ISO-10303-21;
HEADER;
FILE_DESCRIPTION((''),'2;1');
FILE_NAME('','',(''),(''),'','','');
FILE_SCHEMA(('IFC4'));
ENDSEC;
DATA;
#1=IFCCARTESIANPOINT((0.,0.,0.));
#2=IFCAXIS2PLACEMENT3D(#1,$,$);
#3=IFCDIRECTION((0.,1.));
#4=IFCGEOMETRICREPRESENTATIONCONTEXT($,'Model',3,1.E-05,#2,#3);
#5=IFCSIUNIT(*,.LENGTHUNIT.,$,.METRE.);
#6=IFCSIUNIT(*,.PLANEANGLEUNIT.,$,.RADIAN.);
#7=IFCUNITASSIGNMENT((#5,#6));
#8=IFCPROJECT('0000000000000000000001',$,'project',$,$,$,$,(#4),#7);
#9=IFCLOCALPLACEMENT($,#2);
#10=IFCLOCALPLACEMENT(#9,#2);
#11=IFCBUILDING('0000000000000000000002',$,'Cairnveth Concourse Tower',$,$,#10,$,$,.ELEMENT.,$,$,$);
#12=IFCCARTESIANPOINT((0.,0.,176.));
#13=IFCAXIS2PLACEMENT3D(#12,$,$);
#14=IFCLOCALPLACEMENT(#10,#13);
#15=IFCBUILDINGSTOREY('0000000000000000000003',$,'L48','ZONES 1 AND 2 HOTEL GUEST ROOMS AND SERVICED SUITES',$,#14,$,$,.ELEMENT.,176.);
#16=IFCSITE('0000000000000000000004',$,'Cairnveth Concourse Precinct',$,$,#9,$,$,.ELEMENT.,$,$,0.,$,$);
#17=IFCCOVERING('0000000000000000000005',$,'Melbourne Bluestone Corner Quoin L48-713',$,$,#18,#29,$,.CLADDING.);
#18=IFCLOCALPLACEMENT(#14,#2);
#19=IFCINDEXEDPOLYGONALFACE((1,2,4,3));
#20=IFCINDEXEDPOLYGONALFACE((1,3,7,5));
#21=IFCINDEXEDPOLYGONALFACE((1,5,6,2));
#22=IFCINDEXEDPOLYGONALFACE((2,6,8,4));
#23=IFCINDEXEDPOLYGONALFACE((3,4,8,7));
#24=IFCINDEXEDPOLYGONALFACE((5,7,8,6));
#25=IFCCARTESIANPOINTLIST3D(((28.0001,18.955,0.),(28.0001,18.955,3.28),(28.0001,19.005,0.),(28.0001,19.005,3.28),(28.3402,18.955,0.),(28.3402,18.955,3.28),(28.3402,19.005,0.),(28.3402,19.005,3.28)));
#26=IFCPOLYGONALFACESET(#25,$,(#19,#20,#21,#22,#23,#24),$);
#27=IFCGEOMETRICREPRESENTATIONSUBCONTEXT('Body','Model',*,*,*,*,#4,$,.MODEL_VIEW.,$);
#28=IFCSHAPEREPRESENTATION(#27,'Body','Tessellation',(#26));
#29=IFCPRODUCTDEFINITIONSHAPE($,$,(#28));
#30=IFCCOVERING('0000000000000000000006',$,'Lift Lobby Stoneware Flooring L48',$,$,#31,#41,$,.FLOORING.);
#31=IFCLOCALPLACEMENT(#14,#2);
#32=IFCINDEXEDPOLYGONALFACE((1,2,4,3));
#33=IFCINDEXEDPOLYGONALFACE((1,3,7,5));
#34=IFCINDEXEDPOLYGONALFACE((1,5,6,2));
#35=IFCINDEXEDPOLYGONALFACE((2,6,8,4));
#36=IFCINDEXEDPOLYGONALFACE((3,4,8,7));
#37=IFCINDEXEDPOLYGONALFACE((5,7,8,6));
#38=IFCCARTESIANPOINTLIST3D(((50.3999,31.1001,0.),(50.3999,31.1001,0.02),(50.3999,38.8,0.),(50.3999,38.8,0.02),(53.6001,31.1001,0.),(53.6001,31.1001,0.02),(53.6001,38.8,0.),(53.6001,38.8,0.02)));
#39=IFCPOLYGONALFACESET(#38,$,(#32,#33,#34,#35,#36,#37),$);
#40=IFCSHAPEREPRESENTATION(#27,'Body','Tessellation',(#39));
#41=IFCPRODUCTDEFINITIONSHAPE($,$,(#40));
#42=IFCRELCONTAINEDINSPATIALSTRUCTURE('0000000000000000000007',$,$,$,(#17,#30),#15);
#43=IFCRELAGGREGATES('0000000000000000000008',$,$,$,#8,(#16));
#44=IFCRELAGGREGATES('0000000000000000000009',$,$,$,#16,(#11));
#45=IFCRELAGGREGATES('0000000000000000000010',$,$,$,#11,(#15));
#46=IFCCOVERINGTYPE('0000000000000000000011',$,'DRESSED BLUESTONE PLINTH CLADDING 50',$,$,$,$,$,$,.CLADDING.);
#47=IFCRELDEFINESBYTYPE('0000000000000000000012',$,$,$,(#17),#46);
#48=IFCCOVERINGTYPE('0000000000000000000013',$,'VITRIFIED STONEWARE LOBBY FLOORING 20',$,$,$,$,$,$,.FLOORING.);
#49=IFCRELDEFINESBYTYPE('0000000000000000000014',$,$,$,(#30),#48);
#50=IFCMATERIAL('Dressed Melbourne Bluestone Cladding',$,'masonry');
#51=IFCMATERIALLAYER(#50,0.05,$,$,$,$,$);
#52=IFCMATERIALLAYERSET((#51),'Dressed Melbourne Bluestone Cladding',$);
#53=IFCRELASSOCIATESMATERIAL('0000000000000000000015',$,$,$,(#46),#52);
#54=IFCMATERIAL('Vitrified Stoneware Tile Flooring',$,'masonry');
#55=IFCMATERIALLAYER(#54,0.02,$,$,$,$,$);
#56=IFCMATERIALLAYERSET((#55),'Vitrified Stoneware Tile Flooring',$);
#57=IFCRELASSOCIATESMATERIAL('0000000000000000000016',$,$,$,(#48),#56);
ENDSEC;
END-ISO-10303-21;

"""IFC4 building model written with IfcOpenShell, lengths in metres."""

from ifc_helpers import new_model, si_unit, direction, frame, frame_2d, origin, place, context, subcontext, project, spatial, polyline, rectangle, outline, extrude, material, layer, layer_set, type_object, element, save


model = new_model("IFC4")

# Units and contexts
model_context = context("Model", 3, precision=1e-05, world=origin(), true_north=direction((0.0, 1.0)))
body_context = subcontext(model_context, "Body", "Model", "MODEL_VIEW")
ifc_project = project(units=[si_unit("LENGTHUNIT", "METRE"), si_unit("PLANEANGLEUNIT", "RADIAN")], contexts=[model_context])

# Site, building, storey
site_placement = place(None, origin())
site = spatial("IfcSite", under=ifc_project, at=site_placement, Name="Cairnveth Concourse Precinct", CompositionType="ELEMENT", RefElevation=0.0)
building_placement = place(site_placement, origin())
building = spatial("IfcBuilding", under=site, at=building_placement, Name="Cairnveth Concourse Tower", CompositionType="ELEMENT")
storey_placement = place(building_placement, frame((0.0, 0.0, 176.0)))
storey = spatial("IfcBuildingStorey", under=building, at=storey_placement, Name="L48", Description="ZONES 1 AND 2 HOTEL GUEST ROOMS AND SERVICED SUITES", CompositionType="ELEMENT", Elevation=176.0)

# Coverings
ifc_material_1 = material(Name="Dressed Melbourne Bluestone Cladding", Category="masonry")
ifc_layer_1 = layer(ifc_material_1, 0.05)
ifc_layer_set_1 = layer_set([ifc_layer_1], Name="Dressed Melbourne Bluestone Cladding")
covering_type_1 = type_object("IfcCoveringType", Name="DRESSED BLUESTONE PLINTH CLADDING 50", PredefinedType="CLADDING", material=ifc_layer_set_1)
for number, where, z_axis, x_axis, name in (
    (1, (28.3401, 18.98, 0.0), (0.0, 0.0, 1.0), (-1.0, 0.0, 0.0), "Melbourne Bluestone Corner Quoin L48-713"),
):
    element("IfcCovering", number, at=place(storey_placement, frame(where, z_axis=z_axis, x_axis=x_axis)), inside=storey, type_object=covering_type_1, Name=name, PredefinedType="CLADDING", context=body_context, shape_type="SweptSolid", body=[
        extrude(rectangle(XDim=0.3401, YDim=0.05, at=frame_2d((0.1699, 0.0))), origin(), (0.0, 0.0, 1.0), 3.28),
    ])
ifc_material_2 = material(Name="Vitrified Stoneware Tile Flooring", Category="masonry")
ifc_layer_2 = layer(ifc_material_2, 0.02)
ifc_layer_set_2 = layer_set([ifc_layer_2], Name="Vitrified Stoneware Tile Flooring")
covering_type_2 = type_object("IfcCoveringType", Name="VITRIFIED STONEWARE LOBBY FLOORING 20", PredefinedType="FLOORING", material=ifc_layer_set_2)
covering_1_placement = place(storey_placement, origin())
element("IfcCovering", 2, at=covering_1_placement, inside=storey, type_object=covering_type_2, Name="Lift Lobby Stoneware Flooring L48", PredefinedType="FLOORING", context=body_context, shape_type="SweptSolid", body=[
    extrude(outline(polyline([(50.3999, 31.1001), (53.6001, 31.1001), (53.6001, 38.8), (50.3999, 38.8), (50.3999, 31.1001)])), origin(), (0.0, 0.0, 1.0), 0.02),
])

save(model, "model.ifc")
